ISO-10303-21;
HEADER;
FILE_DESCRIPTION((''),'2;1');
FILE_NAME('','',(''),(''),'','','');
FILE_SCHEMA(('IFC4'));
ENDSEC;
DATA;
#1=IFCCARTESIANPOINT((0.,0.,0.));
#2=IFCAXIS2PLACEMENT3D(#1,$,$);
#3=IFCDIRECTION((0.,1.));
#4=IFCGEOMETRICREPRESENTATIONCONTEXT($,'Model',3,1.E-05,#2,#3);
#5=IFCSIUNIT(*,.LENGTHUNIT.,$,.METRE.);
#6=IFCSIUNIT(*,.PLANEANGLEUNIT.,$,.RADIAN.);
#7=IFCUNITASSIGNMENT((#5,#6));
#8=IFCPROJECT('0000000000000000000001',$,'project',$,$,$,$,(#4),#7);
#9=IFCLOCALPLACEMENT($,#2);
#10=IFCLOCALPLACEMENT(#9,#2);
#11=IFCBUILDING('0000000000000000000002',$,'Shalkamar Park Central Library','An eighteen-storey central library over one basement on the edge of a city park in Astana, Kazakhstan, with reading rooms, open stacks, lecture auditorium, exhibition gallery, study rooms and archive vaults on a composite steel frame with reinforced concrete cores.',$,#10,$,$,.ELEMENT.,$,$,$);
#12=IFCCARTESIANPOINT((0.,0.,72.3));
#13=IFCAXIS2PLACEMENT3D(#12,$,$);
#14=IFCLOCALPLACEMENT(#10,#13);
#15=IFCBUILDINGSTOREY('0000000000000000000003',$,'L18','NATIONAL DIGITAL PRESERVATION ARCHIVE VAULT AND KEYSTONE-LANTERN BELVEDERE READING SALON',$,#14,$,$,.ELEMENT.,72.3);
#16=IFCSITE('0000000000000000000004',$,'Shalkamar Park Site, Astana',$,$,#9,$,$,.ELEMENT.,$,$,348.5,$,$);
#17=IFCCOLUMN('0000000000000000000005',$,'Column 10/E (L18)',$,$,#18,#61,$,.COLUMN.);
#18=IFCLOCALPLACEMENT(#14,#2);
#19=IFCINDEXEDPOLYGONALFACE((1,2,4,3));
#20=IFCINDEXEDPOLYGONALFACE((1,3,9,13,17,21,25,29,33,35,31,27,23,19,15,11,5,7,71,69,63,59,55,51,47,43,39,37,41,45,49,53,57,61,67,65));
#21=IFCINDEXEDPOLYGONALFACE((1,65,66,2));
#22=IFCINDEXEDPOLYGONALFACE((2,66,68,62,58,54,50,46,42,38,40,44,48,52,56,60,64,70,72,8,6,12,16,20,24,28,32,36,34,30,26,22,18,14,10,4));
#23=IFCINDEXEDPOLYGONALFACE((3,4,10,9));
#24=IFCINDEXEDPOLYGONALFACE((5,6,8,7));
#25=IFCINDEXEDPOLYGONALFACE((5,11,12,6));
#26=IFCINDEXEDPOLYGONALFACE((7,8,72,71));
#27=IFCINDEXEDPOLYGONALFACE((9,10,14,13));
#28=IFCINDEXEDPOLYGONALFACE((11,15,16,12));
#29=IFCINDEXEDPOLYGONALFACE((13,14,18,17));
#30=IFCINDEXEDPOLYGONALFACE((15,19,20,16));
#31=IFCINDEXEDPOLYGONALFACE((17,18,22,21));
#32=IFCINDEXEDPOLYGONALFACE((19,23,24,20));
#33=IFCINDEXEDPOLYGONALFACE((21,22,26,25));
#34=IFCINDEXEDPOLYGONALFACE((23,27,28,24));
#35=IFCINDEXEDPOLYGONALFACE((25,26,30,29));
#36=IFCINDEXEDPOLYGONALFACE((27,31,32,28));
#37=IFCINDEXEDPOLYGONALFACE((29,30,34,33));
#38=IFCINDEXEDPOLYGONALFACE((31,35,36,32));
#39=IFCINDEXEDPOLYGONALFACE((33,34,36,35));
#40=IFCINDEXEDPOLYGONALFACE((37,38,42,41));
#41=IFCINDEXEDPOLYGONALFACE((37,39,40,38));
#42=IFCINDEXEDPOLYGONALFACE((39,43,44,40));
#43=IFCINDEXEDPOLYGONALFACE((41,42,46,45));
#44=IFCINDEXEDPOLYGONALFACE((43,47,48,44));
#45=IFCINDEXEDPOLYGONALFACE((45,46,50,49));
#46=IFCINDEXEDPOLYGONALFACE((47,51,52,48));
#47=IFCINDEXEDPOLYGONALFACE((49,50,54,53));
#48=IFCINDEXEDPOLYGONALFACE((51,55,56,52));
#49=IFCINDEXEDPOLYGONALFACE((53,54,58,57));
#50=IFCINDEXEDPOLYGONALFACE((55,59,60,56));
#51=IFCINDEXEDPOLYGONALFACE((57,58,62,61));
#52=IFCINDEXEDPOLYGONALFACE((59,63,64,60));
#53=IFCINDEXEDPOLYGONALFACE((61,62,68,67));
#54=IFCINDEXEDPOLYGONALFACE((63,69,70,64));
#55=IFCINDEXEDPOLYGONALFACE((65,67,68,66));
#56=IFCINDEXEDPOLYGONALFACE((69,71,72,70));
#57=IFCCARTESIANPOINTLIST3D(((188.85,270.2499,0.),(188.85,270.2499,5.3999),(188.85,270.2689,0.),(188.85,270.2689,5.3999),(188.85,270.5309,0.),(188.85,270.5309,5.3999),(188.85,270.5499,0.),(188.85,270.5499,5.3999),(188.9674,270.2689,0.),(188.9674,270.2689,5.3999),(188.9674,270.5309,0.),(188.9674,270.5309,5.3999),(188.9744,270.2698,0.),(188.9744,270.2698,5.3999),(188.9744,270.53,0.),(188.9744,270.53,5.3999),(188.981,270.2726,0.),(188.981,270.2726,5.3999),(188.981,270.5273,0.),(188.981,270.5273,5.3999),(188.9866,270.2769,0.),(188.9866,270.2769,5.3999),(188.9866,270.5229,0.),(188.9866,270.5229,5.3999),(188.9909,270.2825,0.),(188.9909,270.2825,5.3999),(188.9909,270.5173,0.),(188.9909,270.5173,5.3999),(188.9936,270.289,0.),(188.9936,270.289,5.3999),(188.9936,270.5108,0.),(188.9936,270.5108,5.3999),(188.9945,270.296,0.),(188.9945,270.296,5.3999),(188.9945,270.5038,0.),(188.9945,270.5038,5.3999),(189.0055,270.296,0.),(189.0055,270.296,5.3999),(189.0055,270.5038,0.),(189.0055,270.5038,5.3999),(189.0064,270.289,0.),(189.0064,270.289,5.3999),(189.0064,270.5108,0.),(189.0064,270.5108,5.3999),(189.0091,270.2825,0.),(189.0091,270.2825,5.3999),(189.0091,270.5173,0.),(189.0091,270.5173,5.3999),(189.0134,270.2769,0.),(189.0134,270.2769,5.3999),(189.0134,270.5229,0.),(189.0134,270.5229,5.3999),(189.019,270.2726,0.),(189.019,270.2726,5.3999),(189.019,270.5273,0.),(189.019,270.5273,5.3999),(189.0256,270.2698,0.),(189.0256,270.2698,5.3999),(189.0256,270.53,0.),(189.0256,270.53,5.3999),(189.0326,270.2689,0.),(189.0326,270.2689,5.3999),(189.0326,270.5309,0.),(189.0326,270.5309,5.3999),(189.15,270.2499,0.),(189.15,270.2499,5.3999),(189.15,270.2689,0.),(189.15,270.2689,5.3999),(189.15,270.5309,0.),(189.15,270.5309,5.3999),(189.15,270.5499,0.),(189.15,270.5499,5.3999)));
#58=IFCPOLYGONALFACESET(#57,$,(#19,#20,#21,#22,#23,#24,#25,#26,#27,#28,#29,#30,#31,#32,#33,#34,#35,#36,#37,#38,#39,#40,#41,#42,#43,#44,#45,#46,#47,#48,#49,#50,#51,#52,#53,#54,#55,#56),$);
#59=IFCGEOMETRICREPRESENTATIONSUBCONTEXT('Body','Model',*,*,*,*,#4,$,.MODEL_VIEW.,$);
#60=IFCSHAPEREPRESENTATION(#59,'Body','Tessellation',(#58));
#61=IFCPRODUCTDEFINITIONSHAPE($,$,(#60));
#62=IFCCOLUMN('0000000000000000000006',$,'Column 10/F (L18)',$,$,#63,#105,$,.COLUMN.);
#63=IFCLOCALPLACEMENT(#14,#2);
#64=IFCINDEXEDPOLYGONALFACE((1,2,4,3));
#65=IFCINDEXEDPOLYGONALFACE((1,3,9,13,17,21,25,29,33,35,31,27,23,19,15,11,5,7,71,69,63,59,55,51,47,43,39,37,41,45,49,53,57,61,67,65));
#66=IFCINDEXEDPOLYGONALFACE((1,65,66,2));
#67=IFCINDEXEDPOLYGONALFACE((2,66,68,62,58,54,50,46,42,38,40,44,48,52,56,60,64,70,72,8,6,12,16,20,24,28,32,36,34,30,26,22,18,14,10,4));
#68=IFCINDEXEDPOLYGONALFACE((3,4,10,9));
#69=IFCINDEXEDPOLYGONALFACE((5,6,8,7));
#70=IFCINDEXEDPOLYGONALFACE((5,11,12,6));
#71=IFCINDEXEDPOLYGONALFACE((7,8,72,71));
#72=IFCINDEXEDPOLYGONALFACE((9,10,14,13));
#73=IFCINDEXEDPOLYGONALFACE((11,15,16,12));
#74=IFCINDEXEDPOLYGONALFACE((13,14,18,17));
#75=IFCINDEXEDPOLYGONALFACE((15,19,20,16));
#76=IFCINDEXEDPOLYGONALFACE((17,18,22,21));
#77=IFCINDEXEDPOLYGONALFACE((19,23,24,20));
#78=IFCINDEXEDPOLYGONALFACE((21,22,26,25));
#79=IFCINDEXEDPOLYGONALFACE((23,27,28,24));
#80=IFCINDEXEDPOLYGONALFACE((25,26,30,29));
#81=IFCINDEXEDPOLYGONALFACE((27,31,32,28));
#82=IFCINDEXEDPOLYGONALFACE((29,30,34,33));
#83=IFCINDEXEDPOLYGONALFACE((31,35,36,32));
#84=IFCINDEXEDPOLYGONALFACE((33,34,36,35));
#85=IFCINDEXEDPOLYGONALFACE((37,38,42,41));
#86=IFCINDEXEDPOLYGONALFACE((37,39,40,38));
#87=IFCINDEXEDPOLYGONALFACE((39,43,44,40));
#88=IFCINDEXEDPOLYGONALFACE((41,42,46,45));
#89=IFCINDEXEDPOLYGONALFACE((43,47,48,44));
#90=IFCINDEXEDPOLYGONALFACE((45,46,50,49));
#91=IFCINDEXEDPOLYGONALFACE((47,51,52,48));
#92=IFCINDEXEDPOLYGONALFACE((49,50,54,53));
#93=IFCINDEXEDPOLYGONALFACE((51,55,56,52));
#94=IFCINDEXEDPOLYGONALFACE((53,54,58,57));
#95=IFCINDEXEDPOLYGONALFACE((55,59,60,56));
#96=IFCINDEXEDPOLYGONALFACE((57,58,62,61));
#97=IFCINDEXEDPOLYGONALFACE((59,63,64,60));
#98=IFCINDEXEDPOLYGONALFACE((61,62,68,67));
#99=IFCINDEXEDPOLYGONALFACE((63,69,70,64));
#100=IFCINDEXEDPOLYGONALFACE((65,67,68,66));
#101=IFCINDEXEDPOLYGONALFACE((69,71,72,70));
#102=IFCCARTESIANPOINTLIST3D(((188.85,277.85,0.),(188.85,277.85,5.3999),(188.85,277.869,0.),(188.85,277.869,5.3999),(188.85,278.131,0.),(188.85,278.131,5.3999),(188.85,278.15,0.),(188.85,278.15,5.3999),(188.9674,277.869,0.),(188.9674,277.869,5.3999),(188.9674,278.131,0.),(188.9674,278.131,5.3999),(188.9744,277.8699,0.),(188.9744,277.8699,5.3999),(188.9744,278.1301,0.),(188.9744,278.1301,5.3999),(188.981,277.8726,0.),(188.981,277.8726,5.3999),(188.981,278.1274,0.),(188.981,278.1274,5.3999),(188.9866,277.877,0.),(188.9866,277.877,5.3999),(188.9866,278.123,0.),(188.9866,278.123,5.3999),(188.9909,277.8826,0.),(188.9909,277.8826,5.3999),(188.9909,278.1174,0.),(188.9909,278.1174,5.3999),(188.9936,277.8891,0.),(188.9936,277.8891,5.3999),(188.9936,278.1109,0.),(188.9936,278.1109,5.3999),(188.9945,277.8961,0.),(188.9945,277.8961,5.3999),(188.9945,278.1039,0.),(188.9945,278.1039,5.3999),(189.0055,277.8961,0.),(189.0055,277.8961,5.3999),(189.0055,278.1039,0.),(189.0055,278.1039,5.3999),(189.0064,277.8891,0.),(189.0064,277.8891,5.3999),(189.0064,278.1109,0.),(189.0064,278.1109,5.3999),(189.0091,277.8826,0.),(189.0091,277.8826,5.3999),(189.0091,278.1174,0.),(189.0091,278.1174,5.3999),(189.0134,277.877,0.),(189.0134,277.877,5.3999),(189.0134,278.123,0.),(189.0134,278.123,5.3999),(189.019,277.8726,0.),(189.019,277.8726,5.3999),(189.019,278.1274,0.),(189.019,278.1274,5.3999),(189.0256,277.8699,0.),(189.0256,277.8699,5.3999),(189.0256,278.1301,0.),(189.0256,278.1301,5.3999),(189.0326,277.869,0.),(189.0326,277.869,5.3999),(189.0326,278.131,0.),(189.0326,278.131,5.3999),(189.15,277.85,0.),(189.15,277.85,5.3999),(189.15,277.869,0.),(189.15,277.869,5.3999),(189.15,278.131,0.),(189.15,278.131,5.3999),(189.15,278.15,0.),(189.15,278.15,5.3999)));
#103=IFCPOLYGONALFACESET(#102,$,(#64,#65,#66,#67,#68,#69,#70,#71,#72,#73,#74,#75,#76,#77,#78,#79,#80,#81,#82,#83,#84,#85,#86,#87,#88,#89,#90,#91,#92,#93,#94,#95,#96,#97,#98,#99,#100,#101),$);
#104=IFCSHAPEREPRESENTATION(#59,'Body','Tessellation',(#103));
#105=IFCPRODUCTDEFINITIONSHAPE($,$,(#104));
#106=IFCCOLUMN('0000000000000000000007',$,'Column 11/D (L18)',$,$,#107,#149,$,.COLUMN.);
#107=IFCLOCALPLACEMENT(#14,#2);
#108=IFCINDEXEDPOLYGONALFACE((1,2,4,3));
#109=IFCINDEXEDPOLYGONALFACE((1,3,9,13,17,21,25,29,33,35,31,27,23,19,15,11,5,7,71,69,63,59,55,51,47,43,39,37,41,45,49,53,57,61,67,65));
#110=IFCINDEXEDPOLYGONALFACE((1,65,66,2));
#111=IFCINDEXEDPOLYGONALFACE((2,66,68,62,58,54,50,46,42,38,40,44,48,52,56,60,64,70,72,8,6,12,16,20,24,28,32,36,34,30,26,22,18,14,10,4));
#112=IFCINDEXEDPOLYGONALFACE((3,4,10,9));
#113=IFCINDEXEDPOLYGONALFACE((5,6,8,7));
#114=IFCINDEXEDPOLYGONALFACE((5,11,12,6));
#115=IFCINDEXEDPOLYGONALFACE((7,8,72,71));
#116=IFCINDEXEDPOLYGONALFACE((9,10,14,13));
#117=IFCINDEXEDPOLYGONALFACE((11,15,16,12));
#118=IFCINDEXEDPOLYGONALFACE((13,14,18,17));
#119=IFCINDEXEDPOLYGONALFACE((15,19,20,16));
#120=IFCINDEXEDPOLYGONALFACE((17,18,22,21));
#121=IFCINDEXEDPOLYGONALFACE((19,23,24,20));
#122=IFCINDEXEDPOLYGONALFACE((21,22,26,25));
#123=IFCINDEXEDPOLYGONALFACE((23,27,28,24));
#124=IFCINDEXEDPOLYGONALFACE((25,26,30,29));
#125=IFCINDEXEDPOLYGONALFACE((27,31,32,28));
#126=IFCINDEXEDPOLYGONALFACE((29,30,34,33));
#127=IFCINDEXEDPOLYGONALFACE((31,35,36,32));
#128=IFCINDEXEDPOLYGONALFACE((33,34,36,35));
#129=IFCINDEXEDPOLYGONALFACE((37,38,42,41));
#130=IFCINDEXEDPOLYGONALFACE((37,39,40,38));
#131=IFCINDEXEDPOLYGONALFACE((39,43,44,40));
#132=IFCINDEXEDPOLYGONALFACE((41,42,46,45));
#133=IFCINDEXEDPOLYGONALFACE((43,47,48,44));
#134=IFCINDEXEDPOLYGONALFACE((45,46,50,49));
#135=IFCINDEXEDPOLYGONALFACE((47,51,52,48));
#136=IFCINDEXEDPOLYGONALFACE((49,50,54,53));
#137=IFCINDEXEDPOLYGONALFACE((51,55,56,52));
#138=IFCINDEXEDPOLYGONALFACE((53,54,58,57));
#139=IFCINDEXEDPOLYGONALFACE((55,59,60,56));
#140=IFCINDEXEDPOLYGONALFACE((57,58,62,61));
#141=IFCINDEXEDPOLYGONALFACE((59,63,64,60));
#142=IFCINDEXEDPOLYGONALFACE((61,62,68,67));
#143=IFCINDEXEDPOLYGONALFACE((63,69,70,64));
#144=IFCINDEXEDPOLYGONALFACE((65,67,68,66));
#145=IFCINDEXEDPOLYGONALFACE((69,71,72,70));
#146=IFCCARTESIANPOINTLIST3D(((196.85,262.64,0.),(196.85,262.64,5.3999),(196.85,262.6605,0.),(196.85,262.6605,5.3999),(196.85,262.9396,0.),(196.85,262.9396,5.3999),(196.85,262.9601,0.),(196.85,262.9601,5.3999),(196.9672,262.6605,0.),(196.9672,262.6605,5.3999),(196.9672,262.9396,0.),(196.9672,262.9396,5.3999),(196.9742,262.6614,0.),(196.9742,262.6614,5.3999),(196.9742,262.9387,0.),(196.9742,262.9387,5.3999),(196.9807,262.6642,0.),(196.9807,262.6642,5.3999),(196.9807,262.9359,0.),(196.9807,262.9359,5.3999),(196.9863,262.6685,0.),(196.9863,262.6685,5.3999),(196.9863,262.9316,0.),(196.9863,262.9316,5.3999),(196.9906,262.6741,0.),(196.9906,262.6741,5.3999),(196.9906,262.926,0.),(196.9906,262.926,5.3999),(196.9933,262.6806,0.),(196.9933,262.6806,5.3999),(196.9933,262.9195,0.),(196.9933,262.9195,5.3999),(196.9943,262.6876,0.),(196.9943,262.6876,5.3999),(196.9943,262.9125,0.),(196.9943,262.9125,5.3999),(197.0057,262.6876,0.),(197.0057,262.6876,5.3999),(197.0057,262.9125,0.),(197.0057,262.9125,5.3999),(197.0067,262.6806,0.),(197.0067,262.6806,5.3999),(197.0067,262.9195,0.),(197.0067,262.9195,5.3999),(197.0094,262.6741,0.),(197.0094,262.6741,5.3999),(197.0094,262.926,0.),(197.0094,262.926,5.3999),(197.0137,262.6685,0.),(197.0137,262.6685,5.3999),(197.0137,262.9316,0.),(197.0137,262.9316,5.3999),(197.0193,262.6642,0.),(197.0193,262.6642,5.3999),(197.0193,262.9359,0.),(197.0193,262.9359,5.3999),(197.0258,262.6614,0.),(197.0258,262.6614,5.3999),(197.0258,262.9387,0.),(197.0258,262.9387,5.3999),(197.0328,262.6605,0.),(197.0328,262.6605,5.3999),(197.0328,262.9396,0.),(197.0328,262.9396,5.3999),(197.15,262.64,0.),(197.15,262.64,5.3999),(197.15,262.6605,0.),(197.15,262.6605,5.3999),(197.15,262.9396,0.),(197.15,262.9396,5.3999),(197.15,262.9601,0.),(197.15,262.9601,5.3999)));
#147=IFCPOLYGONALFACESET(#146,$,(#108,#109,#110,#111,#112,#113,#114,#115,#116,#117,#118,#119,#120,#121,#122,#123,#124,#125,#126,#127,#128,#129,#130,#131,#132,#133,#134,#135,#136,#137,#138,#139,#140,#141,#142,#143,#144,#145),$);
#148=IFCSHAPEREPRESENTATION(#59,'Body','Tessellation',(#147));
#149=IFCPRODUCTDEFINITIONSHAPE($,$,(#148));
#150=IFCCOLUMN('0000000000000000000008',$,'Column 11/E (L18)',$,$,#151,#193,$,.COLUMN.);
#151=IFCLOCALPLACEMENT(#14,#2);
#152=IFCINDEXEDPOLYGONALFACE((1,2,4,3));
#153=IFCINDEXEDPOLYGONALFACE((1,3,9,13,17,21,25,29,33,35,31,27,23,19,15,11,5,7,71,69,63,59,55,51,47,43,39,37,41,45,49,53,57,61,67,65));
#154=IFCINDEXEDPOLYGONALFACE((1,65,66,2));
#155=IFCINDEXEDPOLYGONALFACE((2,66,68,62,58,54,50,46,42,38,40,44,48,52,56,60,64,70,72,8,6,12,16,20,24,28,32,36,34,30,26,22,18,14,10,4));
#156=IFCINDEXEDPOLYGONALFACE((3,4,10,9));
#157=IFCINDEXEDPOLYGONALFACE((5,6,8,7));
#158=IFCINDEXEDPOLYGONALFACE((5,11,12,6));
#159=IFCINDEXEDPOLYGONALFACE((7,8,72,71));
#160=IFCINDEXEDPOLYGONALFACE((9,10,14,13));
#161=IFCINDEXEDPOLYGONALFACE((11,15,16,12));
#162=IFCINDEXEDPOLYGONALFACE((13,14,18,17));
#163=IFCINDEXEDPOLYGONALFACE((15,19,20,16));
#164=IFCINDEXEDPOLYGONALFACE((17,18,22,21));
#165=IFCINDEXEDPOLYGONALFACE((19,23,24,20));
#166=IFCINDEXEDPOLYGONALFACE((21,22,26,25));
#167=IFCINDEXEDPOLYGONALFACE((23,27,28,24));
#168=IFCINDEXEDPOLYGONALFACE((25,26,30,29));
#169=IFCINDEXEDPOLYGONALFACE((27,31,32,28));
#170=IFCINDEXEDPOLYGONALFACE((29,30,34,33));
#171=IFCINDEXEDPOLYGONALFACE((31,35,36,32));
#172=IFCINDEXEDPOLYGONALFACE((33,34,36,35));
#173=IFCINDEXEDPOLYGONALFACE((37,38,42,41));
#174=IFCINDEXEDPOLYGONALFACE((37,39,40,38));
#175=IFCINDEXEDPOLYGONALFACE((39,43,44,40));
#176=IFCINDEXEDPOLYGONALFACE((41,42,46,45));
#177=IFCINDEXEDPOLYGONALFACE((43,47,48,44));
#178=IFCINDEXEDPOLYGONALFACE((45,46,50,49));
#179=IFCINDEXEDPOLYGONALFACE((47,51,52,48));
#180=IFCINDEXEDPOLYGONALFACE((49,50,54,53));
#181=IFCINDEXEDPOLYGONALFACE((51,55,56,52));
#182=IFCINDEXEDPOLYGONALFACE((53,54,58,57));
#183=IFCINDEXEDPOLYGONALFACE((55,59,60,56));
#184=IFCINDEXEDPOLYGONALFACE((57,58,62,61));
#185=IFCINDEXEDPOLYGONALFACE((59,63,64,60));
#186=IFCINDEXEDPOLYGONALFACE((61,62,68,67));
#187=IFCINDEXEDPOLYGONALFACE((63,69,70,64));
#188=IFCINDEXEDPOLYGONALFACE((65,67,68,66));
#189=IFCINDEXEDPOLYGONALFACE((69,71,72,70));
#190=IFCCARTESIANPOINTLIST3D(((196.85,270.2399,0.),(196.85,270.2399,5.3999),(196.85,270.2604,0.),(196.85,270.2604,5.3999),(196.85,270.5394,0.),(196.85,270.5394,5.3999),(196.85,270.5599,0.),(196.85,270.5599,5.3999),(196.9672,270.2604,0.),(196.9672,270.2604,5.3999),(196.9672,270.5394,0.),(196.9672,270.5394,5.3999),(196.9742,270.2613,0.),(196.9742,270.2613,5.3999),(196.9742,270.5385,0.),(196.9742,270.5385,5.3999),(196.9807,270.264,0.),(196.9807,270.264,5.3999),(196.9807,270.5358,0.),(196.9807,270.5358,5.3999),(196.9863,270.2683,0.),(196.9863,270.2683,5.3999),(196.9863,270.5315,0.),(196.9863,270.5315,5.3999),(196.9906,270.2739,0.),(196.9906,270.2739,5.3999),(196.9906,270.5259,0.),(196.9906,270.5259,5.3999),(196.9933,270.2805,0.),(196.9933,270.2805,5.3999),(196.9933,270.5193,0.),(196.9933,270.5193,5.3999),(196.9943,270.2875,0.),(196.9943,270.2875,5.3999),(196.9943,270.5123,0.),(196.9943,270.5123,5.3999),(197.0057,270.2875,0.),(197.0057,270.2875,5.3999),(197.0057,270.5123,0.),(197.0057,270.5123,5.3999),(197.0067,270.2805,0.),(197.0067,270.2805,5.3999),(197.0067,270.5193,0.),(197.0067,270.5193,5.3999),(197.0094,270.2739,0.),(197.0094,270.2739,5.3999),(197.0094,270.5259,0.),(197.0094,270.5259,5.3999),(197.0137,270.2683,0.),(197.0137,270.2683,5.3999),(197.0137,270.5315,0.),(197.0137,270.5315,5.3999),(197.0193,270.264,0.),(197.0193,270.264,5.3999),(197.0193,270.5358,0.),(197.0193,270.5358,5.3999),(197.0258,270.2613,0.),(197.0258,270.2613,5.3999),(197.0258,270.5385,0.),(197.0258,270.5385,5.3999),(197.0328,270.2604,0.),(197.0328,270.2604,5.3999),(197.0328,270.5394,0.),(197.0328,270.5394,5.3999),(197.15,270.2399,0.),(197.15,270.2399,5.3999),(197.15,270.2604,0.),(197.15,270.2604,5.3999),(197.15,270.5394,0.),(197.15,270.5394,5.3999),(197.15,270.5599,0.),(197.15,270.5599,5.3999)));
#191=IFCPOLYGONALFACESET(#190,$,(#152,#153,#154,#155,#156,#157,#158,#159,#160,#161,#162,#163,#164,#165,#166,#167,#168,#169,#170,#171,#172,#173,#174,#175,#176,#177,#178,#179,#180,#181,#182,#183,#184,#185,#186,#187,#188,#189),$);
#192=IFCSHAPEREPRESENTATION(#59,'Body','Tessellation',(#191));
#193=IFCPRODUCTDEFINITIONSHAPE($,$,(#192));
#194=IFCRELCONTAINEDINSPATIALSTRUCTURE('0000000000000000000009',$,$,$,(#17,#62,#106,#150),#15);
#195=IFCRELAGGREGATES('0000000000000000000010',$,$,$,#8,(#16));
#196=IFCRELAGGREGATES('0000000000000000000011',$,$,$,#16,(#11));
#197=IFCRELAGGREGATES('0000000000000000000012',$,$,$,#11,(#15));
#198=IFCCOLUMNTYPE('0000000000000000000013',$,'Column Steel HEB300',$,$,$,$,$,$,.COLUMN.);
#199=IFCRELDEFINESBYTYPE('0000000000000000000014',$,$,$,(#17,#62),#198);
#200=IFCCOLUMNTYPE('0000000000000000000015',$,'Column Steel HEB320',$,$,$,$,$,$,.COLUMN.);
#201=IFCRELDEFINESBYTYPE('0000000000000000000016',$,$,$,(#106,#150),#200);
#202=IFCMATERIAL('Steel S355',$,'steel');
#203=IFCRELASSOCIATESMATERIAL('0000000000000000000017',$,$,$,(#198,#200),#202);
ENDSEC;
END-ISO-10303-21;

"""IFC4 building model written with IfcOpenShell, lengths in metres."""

from ifc_helpers import new_model, si_unit, direction, frame, origin, origin_2d, place, context, subcontext, project, spatial, i_section, extrude, material, material_profile, profile_set, type_object, element, save


model = new_model("IFC4")

# Units and contexts
model_context = context("Model", 3, precision=1e-05, world=origin(), true_north=direction((0.0, 1.0)))
body_context = subcontext(model_context, "Body", "Model", "MODEL_VIEW")
ifc_project = project(units=[si_unit("LENGTHUNIT", "METRE"), si_unit("PLANEANGLEUNIT", "RADIAN")], contexts=[model_context])

# Site, building, storey
site_placement = place(None, origin())
site = spatial("IfcSite", under=ifc_project, at=site_placement, Name="Shalkamar Park Site, Astana", CompositionType="ELEMENT", RefElevation=348.5)
building_placement = place(site_placement, origin())
building = spatial("IfcBuilding", under=site, at=building_placement, Name="Shalkamar Park Central Library", Description="An eighteen-storey central library over one basement on the edge of a city park in Astana, Kazakhstan, with reading rooms, open stacks, lecture auditorium, exhibition gallery, study rooms and archive vaults on a composite steel frame with reinforced concrete cores.", CompositionType="ELEMENT")
storey_placement = place(building_placement, frame((0.0, 0.0, 72.3)))
storey = spatial("IfcBuildingStorey", under=building, at=storey_placement, Name="L18", Description="NATIONAL DIGITAL PRESERVATION ARCHIVE VAULT AND KEYSTONE-LANTERN BELVEDERE READING SALON", CompositionType="ELEMENT", Elevation=72.3)

# Columns
ifc_material_1 = material(Name="Steel S355", Category="steel")
ifc_material_profile_1 = material_profile(ifc_material_1, i_section(OverallWidth=0.3, OverallDepth=0.3, WebThickness=0.011, FlangeThickness=0.019, FilletRadius=0.0271, at=origin_2d()), Name="HEB 300")
ifc_profile_set_1 = profile_set([ifc_material_profile_1], Name="Steel S355")
column_type_1 = type_object("IfcColumnType", Name="Column Steel HEB300", PredefinedType="COLUMN", material=ifc_profile_set_1)
for number, where, z_axis, x_axis, name in (
    (1, (189.0, 270.3999, 0.0), (0.0, 0.0, 1.0), (1.0, 0.0, 0.0), "Column 10/E (L18)"),
    (2, (189.0, 278.0, 0.0), (0.0, 0.0, 1.0), (1.0, 0.0, 0.0), "Column 10/F (L18)"),
):
    element("IfcColumn", number, at=place(storey_placement, frame(where, z_axis=z_axis, x_axis=x_axis)), inside=storey, type_object=column_type_1, Name=name, PredefinedType="COLUMN", context=body_context, shape_type="SweptSolid", body=[
        extrude(i_section(OverallWidth=0.3, OverallDepth=0.3, WebThickness=0.011, FlangeThickness=0.019, FilletRadius=0.0271, at=origin_2d()), origin(), (0.0, 0.0, 1.0), 5.3999),
    ])
ifc_material_profile_2 = material_profile(ifc_material_1, i_section(OverallWidth=0.3, OverallDepth=0.3201, WebThickness=0.0115, FlangeThickness=0.0205, FilletRadius=0.0271, at=origin_2d()), Name="HEB 320")
ifc_profile_set_2 = profile_set([ifc_material_profile_2], Name="Steel S355")
column_type_2 = type_object("IfcColumnType", Name="Column Steel HEB320", PredefinedType="COLUMN", material=ifc_profile_set_2)
for number, where, z_axis, x_axis, name in (
    (3, (197.0, 262.8, 0.0), (0.0, 0.0, 1.0), (1.0, 0.0, 0.0), "Column 11/D (L18)"),
    (4, (197.0, 270.3999, 0.0), (0.0, 0.0, 1.0), (1.0, 0.0, 0.0), "Column 11/E (L18)"),
):
    element("IfcColumn", number, at=place(storey_placement, frame(where, z_axis=z_axis, x_axis=x_axis)), inside=storey, type_object=column_type_2, Name=name, PredefinedType="COLUMN", context=body_context, shape_type="SweptSolid", body=[
        extrude(i_section(OverallWidth=0.3, OverallDepth=0.3201, WebThickness=0.0115, FlangeThickness=0.0205, FilletRadius=0.0271, at=origin_2d()), origin(), (0.0, 0.0, 1.0), 5.3999),
    ])

save(model, "model.ifc")
